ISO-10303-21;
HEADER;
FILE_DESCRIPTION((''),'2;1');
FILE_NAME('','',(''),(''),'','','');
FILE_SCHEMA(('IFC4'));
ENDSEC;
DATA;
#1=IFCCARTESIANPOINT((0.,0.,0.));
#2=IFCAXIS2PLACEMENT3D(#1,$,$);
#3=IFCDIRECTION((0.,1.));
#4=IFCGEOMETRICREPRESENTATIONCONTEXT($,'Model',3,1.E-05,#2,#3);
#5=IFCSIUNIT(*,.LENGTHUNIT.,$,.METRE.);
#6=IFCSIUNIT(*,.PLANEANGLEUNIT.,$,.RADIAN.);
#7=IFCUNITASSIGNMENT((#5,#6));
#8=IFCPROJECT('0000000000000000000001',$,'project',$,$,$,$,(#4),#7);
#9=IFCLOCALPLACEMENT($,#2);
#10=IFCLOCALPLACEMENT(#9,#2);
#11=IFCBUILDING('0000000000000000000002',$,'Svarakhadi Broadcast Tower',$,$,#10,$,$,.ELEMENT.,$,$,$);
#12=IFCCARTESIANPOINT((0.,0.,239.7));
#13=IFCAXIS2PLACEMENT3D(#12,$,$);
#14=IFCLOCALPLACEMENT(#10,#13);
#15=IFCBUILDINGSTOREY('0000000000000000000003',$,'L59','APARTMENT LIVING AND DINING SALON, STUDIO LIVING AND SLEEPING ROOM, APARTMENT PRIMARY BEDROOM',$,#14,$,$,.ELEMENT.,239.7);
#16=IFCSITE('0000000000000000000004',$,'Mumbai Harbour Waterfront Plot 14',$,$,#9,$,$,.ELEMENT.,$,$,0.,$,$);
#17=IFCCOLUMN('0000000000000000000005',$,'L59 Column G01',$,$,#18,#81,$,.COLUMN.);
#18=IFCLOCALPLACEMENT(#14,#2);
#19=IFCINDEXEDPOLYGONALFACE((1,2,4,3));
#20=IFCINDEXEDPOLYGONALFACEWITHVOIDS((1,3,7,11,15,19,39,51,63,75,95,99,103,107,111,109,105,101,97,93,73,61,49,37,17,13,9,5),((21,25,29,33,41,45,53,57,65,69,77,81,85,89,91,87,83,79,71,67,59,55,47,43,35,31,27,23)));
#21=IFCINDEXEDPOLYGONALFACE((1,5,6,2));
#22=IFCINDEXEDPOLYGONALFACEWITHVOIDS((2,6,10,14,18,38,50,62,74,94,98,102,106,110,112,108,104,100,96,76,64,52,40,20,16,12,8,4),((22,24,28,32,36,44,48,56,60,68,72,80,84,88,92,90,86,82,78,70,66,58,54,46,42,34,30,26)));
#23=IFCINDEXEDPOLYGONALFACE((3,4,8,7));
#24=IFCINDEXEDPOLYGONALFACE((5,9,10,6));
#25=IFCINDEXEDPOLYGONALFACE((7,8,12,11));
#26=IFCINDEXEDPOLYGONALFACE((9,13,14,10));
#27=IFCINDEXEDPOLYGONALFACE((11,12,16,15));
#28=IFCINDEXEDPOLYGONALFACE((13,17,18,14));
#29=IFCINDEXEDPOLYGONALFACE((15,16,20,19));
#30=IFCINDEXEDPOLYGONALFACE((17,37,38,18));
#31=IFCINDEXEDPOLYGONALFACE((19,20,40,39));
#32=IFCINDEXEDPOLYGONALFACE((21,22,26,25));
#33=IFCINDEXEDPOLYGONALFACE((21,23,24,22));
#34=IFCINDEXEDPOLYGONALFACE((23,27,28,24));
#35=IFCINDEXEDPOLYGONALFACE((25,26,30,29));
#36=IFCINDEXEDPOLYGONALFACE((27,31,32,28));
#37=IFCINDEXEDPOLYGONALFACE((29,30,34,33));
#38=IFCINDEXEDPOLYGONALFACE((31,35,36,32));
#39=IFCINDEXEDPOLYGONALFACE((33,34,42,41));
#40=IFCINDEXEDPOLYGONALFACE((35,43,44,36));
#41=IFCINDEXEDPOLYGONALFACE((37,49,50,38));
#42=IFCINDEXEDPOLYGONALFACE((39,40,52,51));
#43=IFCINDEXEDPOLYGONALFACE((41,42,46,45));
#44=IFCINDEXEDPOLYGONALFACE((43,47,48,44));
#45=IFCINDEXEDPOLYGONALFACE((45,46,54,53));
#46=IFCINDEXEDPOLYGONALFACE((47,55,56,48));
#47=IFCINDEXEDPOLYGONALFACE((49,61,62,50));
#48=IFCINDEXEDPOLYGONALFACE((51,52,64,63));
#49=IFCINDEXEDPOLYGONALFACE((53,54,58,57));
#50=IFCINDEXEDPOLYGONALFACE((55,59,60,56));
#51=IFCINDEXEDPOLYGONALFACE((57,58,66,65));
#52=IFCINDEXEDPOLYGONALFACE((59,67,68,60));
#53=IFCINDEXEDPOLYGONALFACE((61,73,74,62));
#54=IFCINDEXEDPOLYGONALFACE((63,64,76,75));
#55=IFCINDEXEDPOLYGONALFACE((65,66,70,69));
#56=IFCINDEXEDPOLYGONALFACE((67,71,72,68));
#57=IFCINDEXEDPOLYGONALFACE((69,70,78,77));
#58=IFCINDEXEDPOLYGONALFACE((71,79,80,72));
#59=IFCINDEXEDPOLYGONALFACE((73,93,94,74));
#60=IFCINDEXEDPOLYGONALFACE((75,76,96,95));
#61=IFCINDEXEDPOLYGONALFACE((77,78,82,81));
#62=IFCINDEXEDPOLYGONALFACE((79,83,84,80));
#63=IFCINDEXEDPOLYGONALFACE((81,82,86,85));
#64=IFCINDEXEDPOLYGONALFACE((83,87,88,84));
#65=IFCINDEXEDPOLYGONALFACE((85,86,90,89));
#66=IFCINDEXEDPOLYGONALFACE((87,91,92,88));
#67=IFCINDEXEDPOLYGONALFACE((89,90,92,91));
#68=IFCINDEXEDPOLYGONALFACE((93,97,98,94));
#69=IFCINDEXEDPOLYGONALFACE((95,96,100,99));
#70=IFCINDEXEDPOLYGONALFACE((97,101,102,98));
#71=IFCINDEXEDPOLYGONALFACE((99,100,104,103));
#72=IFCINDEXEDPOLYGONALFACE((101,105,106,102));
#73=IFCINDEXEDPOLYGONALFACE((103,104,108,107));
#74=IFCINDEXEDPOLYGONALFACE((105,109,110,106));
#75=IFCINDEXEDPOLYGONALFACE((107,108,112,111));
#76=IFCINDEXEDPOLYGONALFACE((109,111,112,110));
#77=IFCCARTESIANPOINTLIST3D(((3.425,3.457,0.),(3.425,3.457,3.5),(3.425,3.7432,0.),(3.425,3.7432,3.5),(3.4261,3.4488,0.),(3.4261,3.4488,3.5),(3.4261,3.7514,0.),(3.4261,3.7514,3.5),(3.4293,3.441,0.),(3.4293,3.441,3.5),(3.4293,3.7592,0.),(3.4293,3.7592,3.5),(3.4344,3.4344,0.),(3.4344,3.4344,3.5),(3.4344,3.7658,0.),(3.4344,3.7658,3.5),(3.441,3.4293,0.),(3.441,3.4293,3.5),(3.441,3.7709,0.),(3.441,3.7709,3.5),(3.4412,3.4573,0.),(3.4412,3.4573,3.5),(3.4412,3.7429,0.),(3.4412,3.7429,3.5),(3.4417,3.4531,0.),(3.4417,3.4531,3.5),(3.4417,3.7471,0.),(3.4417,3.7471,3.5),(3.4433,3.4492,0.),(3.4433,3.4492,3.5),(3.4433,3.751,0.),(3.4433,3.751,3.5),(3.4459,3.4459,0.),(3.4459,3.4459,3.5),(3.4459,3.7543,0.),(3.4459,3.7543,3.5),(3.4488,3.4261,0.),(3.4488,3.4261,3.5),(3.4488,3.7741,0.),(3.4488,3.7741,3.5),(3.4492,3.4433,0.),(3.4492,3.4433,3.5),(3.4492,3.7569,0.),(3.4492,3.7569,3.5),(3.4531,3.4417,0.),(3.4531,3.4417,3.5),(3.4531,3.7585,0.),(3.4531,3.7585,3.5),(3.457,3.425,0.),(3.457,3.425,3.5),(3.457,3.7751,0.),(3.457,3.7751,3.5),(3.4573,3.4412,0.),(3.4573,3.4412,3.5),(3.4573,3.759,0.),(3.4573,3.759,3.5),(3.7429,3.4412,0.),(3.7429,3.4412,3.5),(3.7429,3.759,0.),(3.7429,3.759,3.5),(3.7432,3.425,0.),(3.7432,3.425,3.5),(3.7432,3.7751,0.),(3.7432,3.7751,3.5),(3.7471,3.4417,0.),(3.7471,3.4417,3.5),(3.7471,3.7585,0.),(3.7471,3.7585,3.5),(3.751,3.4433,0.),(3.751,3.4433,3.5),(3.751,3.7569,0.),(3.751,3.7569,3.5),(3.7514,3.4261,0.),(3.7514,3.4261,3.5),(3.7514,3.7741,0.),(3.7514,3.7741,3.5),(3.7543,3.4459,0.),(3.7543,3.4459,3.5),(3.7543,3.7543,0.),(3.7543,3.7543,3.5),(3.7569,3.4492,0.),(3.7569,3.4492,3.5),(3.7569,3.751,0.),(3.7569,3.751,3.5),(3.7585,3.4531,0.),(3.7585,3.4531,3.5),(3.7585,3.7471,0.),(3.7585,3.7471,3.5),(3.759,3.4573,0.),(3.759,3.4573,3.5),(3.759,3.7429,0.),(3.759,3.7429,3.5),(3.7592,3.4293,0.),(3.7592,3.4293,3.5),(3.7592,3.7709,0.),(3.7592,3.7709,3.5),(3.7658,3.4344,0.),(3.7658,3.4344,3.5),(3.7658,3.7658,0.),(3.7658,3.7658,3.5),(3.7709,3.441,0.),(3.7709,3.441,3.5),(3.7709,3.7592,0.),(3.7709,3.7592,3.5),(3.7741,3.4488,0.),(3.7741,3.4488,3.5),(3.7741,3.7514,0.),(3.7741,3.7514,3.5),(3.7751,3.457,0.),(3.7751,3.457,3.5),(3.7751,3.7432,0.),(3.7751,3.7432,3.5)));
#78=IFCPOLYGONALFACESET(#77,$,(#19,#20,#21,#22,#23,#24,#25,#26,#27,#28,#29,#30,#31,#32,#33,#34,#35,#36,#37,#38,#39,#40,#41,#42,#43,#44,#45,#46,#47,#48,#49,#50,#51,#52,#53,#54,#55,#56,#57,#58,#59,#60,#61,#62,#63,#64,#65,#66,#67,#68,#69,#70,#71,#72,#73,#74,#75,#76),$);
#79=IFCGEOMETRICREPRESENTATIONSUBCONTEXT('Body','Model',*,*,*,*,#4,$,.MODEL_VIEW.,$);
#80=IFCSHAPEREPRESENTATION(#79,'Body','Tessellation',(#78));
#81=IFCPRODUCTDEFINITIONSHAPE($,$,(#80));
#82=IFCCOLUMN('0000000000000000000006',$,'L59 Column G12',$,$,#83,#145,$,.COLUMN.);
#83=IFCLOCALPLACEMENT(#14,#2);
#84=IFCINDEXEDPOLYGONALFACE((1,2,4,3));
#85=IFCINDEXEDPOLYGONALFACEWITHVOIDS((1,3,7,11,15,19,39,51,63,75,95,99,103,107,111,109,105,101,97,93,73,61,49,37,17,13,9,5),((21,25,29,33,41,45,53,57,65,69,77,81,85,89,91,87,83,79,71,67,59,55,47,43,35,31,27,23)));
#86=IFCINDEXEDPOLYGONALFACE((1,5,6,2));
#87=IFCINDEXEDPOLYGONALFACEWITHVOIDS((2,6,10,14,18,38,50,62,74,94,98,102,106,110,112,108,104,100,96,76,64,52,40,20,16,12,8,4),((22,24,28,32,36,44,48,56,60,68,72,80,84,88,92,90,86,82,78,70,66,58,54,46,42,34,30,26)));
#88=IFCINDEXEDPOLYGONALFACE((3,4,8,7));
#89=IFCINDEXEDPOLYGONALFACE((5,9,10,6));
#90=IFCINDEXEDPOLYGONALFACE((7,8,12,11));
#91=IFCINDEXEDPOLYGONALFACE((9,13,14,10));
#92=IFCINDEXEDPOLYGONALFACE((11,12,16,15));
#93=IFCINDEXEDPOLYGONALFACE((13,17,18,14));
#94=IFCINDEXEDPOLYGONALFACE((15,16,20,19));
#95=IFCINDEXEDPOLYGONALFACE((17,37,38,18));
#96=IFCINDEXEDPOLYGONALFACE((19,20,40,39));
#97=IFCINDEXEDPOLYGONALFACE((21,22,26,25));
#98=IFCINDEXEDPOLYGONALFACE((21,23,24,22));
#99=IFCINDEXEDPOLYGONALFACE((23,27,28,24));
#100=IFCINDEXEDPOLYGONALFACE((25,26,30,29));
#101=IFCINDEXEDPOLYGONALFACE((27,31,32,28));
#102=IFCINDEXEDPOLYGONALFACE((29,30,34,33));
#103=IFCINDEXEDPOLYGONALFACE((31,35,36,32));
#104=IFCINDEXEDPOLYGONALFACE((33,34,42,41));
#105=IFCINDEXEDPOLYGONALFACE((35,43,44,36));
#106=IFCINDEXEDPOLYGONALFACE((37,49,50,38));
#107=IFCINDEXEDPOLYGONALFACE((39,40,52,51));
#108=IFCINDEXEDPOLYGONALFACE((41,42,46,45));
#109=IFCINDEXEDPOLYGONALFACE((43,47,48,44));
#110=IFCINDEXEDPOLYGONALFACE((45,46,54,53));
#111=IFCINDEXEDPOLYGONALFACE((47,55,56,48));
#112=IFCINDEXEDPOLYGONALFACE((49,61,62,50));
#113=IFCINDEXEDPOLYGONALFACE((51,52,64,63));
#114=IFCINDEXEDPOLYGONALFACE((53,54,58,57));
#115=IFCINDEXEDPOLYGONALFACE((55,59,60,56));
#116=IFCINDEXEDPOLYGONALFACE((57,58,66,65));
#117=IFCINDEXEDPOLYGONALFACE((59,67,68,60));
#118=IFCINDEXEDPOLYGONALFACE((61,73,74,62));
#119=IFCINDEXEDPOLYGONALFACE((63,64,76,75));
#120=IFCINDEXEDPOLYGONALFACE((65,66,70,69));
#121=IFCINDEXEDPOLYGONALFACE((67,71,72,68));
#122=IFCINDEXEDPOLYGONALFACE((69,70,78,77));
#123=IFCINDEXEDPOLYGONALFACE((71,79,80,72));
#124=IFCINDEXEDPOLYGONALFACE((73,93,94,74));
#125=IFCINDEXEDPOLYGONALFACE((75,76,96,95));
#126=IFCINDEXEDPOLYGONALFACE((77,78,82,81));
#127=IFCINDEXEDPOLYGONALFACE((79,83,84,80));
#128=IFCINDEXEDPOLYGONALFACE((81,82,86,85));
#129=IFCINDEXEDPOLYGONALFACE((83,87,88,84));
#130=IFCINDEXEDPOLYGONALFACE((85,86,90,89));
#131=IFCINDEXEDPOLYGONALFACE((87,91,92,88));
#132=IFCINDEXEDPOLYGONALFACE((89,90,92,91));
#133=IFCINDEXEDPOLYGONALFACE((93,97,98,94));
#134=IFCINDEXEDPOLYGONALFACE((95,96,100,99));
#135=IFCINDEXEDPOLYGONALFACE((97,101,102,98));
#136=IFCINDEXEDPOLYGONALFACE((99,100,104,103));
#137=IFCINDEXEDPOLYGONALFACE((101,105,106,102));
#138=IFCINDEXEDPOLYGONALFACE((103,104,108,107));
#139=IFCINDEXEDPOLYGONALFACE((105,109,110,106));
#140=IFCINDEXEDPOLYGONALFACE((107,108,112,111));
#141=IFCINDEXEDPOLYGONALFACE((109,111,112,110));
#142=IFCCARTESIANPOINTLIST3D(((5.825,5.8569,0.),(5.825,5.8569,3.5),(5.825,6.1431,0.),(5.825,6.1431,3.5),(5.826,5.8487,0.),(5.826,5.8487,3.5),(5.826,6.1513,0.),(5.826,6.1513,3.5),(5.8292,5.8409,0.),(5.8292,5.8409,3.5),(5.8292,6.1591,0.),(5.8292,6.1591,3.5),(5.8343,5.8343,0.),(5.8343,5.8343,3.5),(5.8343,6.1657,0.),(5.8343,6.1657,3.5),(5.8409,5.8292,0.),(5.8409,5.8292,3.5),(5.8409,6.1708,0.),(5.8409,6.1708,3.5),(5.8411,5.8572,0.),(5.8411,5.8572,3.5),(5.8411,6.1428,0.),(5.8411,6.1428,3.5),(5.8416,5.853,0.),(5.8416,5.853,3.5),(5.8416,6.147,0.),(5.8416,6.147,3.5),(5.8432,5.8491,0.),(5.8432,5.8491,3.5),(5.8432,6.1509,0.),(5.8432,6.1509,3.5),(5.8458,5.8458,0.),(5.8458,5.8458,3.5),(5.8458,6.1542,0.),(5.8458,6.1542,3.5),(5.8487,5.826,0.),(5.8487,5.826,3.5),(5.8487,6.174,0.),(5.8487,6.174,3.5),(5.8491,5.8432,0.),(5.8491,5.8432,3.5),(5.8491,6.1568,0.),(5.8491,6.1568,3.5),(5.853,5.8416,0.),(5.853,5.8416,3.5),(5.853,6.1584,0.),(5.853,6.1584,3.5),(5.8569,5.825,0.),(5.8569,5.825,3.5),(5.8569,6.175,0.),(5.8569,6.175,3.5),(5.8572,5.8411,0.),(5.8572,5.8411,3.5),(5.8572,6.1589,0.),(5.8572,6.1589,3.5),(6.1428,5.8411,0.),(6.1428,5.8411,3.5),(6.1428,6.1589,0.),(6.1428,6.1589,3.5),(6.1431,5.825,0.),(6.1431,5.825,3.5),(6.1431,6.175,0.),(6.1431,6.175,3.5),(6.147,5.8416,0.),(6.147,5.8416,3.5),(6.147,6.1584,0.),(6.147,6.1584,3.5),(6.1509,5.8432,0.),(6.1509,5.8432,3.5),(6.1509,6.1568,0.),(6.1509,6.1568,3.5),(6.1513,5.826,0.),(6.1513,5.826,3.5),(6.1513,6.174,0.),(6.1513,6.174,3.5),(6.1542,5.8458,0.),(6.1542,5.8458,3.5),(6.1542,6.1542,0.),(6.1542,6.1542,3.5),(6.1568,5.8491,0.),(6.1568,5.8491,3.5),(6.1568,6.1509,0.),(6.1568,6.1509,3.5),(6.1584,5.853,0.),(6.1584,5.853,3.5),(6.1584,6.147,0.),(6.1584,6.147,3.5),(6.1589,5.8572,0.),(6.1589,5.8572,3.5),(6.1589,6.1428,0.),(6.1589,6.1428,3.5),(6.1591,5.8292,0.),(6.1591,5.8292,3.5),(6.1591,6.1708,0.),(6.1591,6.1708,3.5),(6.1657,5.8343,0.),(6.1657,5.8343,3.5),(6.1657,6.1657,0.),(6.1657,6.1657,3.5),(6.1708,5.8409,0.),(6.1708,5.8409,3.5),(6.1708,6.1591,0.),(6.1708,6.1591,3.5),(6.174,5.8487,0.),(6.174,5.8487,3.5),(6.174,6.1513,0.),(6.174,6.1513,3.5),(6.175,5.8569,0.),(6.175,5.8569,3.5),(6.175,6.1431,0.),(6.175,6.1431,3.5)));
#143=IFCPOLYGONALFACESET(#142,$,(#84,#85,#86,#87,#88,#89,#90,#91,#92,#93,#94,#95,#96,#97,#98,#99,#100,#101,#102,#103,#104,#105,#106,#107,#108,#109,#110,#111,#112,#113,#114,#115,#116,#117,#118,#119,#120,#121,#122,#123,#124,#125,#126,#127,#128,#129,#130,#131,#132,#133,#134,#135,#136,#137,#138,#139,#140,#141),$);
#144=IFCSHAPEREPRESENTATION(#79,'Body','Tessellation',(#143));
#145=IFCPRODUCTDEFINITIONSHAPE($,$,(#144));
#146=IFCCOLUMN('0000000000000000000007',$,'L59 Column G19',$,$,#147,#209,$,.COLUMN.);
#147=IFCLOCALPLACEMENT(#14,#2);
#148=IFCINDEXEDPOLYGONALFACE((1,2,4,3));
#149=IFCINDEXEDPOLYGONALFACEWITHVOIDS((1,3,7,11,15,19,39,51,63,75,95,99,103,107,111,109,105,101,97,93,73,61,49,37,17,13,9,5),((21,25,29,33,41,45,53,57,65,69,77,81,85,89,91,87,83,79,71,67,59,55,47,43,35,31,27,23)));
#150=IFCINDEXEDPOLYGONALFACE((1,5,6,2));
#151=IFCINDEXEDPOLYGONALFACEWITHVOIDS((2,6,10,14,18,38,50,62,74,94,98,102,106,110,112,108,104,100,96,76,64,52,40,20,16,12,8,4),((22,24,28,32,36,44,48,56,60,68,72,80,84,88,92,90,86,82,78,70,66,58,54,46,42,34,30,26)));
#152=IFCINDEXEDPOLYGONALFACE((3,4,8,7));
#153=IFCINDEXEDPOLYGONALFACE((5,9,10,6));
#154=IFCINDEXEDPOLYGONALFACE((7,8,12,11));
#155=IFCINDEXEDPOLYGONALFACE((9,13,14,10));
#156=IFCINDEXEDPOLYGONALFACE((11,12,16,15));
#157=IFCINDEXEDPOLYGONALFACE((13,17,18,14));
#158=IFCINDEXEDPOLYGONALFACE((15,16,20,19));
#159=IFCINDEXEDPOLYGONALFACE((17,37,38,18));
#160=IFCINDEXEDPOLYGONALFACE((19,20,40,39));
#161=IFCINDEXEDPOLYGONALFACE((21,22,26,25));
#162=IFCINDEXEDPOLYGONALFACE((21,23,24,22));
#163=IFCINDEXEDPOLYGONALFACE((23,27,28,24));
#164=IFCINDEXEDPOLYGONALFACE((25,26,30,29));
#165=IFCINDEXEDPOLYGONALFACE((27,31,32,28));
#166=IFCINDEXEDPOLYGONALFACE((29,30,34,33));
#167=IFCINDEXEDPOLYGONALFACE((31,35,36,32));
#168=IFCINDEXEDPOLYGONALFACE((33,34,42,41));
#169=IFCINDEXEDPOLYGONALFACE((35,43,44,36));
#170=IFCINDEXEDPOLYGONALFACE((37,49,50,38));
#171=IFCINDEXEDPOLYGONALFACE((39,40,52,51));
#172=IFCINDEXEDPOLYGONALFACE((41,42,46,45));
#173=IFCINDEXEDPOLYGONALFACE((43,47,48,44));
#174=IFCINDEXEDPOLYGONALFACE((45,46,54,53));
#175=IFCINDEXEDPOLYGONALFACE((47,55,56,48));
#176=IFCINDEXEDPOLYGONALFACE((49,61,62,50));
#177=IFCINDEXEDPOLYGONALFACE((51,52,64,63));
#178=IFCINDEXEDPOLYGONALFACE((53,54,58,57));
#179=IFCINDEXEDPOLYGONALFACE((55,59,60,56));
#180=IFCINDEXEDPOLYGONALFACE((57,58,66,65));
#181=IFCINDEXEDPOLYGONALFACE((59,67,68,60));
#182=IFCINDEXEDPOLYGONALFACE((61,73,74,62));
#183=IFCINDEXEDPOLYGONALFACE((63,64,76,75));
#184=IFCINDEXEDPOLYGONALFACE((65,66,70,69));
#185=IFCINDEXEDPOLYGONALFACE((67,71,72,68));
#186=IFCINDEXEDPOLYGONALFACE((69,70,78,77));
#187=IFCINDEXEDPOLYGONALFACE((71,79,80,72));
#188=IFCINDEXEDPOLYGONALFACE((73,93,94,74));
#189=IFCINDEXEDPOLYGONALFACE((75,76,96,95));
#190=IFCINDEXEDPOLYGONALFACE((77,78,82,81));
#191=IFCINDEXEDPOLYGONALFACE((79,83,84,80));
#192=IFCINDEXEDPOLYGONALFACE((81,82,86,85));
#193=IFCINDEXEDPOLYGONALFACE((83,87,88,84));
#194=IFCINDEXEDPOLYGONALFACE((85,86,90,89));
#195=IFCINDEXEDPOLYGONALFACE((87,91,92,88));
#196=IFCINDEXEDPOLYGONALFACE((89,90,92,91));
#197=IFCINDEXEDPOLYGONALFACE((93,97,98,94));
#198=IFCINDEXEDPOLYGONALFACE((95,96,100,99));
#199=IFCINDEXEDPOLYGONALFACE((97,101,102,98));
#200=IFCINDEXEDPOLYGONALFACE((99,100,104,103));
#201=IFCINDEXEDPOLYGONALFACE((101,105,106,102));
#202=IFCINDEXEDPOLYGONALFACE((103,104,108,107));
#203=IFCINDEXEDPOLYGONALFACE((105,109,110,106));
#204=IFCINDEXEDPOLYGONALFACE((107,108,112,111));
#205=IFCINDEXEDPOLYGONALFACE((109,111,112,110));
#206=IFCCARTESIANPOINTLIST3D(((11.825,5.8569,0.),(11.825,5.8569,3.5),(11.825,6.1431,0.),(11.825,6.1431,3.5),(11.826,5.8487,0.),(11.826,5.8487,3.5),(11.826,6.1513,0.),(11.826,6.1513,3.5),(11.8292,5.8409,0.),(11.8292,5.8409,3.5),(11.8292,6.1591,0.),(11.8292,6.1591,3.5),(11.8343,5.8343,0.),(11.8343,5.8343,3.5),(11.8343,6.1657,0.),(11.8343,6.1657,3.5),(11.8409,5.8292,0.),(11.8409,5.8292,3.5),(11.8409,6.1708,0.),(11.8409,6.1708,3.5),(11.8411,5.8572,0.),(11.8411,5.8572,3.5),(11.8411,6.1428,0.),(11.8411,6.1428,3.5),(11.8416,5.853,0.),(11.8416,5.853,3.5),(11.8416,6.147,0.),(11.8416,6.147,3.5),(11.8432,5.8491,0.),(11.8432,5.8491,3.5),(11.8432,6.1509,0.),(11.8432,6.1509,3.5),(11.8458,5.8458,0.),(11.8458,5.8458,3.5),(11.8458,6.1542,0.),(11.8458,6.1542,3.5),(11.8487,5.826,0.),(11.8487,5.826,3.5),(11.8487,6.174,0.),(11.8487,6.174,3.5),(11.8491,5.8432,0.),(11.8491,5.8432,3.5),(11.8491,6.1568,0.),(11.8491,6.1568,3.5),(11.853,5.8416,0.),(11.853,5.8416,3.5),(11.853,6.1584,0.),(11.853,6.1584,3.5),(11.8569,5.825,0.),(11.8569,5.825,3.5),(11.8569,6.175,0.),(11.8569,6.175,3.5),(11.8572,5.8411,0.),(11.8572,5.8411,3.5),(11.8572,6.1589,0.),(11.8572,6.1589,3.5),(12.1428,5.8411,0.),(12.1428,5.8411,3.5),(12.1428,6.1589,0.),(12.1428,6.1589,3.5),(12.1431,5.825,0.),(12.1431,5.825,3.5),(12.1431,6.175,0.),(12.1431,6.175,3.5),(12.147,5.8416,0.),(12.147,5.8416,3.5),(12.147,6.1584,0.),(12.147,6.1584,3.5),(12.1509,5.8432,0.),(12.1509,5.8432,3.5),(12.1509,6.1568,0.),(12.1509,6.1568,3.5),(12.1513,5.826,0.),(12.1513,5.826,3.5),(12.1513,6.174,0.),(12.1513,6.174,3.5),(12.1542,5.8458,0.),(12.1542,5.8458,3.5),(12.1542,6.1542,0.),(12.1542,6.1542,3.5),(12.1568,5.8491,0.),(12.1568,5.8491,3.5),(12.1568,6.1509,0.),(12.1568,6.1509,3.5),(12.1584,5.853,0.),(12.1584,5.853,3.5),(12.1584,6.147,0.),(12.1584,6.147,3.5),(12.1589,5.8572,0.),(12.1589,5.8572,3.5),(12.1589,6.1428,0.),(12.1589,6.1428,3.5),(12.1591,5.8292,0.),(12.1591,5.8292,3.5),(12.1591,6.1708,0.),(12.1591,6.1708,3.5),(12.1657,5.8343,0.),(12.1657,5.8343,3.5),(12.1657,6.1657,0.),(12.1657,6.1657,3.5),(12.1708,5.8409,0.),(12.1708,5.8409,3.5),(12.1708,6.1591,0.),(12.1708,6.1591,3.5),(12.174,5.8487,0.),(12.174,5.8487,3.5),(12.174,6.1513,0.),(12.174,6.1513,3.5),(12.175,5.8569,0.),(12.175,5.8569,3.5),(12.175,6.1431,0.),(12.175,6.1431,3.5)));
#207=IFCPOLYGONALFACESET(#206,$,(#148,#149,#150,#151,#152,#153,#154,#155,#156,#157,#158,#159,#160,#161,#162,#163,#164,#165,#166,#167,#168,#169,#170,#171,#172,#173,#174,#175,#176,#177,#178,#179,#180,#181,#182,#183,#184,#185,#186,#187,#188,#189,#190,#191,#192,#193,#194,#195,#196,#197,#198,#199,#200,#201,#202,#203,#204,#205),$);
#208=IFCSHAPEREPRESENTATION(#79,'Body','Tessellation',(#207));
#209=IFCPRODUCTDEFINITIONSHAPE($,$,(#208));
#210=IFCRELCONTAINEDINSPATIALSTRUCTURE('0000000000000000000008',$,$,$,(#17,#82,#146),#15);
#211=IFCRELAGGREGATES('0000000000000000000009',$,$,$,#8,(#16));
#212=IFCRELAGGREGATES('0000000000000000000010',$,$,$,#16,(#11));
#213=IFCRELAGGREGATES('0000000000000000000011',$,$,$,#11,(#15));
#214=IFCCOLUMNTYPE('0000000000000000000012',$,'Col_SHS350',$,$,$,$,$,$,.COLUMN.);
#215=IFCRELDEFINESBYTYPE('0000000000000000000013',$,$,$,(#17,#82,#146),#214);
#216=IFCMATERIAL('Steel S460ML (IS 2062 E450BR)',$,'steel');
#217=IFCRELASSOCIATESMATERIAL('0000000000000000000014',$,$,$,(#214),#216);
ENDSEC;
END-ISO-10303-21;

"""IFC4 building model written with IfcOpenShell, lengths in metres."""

from ifc_helpers import new_model, si_unit, direction, frame, origin, origin_2d, place, context, subcontext, project, spatial, hollow_rectangle, extrude, material, material_profile, profile_set, type_object, element, save


model = new_model("IFC4")

# Units and contexts
model_context = context("Model", 3, precision=1e-05, world=origin(), true_north=direction((0.0, 1.0)))
body_context = subcontext(model_context, "Body", "Model", "MODEL_VIEW")
ifc_project = project(units=[si_unit("LENGTHUNIT", "METRE"), si_unit("PLANEANGLEUNIT", "RADIAN")], contexts=[model_context])

# Site, building, storey
site_placement = place(None, origin())
site = spatial("IfcSite", under=ifc_project, at=site_placement, Name="Mumbai Harbour Waterfront Plot 14", CompositionType="ELEMENT", RefElevation=0.0)
building_placement = place(site_placement, origin())
building = spatial("IfcBuilding", under=site, at=building_placement, Name="Svarakhadi Broadcast Tower", CompositionType="ELEMENT")
storey_placement = place(building_placement, frame((0.0, 0.0, 239.7)))
storey = spatial("IfcBuildingStorey", under=building, at=storey_placement, Name="L59", Description="APARTMENT LIVING AND DINING SALON, STUDIO LIVING AND SLEEPING ROOM, APARTMENT PRIMARY BEDROOM", CompositionType="ELEMENT", Elevation=239.7)

# Columns
ifc_material_1 = material(Name="Steel S460ML (IS 2062 E450BR)", Category="steel")
ifc_material_profile_1 = material_profile(ifc_material_1, hollow_rectangle(XDim=0.3501, YDim=0.3501, WallThickness=0.0161, InnerFilletRadius=0.0161, OuterFilletRadius=0.032, at=origin_2d()), Name="SHS 350x350x16")
ifc_profile_set_1 = profile_set([ifc_material_profile_1], Name="Steel S460ML (IS 2062 E450BR)")
column_type = type_object("IfcColumnType", Name="Col_SHS350", PredefinedType="COLUMN", material=ifc_profile_set_1)
for number, where, z_axis, x_axis, name in (
    (1, (3.6001, 3.6001, 0.0), (0.0, 0.0, 1.0), (1.0, 0.0, 0.0), "L59 Column G01"),
    (2, (6.0, 6.0, 0.0), (0.0, 0.0, 1.0), (1.0, 0.0, 0.0), "L59 Column G12"),
    (3, (12.0, 6.0, 0.0), (0.0, 0.0, 1.0), (1.0, 0.0, 0.0), "L59 Column G19"),
):
    element("IfcColumn", number, at=place(storey_placement, frame(where, z_axis=z_axis, x_axis=x_axis)), inside=storey, type_object=column_type, Name=name, PredefinedType="COLUMN", context=body_context, shape_type="SweptSolid", body=[
        extrude(hollow_rectangle(XDim=0.3501, YDim=0.3501, WallThickness=0.0161, InnerFilletRadius=0.0161, OuterFilletRadius=0.032, at=origin_2d()), origin(), (0.0, 0.0, 1.0), 3.5),
    ])

save(model, "model.ifc")
